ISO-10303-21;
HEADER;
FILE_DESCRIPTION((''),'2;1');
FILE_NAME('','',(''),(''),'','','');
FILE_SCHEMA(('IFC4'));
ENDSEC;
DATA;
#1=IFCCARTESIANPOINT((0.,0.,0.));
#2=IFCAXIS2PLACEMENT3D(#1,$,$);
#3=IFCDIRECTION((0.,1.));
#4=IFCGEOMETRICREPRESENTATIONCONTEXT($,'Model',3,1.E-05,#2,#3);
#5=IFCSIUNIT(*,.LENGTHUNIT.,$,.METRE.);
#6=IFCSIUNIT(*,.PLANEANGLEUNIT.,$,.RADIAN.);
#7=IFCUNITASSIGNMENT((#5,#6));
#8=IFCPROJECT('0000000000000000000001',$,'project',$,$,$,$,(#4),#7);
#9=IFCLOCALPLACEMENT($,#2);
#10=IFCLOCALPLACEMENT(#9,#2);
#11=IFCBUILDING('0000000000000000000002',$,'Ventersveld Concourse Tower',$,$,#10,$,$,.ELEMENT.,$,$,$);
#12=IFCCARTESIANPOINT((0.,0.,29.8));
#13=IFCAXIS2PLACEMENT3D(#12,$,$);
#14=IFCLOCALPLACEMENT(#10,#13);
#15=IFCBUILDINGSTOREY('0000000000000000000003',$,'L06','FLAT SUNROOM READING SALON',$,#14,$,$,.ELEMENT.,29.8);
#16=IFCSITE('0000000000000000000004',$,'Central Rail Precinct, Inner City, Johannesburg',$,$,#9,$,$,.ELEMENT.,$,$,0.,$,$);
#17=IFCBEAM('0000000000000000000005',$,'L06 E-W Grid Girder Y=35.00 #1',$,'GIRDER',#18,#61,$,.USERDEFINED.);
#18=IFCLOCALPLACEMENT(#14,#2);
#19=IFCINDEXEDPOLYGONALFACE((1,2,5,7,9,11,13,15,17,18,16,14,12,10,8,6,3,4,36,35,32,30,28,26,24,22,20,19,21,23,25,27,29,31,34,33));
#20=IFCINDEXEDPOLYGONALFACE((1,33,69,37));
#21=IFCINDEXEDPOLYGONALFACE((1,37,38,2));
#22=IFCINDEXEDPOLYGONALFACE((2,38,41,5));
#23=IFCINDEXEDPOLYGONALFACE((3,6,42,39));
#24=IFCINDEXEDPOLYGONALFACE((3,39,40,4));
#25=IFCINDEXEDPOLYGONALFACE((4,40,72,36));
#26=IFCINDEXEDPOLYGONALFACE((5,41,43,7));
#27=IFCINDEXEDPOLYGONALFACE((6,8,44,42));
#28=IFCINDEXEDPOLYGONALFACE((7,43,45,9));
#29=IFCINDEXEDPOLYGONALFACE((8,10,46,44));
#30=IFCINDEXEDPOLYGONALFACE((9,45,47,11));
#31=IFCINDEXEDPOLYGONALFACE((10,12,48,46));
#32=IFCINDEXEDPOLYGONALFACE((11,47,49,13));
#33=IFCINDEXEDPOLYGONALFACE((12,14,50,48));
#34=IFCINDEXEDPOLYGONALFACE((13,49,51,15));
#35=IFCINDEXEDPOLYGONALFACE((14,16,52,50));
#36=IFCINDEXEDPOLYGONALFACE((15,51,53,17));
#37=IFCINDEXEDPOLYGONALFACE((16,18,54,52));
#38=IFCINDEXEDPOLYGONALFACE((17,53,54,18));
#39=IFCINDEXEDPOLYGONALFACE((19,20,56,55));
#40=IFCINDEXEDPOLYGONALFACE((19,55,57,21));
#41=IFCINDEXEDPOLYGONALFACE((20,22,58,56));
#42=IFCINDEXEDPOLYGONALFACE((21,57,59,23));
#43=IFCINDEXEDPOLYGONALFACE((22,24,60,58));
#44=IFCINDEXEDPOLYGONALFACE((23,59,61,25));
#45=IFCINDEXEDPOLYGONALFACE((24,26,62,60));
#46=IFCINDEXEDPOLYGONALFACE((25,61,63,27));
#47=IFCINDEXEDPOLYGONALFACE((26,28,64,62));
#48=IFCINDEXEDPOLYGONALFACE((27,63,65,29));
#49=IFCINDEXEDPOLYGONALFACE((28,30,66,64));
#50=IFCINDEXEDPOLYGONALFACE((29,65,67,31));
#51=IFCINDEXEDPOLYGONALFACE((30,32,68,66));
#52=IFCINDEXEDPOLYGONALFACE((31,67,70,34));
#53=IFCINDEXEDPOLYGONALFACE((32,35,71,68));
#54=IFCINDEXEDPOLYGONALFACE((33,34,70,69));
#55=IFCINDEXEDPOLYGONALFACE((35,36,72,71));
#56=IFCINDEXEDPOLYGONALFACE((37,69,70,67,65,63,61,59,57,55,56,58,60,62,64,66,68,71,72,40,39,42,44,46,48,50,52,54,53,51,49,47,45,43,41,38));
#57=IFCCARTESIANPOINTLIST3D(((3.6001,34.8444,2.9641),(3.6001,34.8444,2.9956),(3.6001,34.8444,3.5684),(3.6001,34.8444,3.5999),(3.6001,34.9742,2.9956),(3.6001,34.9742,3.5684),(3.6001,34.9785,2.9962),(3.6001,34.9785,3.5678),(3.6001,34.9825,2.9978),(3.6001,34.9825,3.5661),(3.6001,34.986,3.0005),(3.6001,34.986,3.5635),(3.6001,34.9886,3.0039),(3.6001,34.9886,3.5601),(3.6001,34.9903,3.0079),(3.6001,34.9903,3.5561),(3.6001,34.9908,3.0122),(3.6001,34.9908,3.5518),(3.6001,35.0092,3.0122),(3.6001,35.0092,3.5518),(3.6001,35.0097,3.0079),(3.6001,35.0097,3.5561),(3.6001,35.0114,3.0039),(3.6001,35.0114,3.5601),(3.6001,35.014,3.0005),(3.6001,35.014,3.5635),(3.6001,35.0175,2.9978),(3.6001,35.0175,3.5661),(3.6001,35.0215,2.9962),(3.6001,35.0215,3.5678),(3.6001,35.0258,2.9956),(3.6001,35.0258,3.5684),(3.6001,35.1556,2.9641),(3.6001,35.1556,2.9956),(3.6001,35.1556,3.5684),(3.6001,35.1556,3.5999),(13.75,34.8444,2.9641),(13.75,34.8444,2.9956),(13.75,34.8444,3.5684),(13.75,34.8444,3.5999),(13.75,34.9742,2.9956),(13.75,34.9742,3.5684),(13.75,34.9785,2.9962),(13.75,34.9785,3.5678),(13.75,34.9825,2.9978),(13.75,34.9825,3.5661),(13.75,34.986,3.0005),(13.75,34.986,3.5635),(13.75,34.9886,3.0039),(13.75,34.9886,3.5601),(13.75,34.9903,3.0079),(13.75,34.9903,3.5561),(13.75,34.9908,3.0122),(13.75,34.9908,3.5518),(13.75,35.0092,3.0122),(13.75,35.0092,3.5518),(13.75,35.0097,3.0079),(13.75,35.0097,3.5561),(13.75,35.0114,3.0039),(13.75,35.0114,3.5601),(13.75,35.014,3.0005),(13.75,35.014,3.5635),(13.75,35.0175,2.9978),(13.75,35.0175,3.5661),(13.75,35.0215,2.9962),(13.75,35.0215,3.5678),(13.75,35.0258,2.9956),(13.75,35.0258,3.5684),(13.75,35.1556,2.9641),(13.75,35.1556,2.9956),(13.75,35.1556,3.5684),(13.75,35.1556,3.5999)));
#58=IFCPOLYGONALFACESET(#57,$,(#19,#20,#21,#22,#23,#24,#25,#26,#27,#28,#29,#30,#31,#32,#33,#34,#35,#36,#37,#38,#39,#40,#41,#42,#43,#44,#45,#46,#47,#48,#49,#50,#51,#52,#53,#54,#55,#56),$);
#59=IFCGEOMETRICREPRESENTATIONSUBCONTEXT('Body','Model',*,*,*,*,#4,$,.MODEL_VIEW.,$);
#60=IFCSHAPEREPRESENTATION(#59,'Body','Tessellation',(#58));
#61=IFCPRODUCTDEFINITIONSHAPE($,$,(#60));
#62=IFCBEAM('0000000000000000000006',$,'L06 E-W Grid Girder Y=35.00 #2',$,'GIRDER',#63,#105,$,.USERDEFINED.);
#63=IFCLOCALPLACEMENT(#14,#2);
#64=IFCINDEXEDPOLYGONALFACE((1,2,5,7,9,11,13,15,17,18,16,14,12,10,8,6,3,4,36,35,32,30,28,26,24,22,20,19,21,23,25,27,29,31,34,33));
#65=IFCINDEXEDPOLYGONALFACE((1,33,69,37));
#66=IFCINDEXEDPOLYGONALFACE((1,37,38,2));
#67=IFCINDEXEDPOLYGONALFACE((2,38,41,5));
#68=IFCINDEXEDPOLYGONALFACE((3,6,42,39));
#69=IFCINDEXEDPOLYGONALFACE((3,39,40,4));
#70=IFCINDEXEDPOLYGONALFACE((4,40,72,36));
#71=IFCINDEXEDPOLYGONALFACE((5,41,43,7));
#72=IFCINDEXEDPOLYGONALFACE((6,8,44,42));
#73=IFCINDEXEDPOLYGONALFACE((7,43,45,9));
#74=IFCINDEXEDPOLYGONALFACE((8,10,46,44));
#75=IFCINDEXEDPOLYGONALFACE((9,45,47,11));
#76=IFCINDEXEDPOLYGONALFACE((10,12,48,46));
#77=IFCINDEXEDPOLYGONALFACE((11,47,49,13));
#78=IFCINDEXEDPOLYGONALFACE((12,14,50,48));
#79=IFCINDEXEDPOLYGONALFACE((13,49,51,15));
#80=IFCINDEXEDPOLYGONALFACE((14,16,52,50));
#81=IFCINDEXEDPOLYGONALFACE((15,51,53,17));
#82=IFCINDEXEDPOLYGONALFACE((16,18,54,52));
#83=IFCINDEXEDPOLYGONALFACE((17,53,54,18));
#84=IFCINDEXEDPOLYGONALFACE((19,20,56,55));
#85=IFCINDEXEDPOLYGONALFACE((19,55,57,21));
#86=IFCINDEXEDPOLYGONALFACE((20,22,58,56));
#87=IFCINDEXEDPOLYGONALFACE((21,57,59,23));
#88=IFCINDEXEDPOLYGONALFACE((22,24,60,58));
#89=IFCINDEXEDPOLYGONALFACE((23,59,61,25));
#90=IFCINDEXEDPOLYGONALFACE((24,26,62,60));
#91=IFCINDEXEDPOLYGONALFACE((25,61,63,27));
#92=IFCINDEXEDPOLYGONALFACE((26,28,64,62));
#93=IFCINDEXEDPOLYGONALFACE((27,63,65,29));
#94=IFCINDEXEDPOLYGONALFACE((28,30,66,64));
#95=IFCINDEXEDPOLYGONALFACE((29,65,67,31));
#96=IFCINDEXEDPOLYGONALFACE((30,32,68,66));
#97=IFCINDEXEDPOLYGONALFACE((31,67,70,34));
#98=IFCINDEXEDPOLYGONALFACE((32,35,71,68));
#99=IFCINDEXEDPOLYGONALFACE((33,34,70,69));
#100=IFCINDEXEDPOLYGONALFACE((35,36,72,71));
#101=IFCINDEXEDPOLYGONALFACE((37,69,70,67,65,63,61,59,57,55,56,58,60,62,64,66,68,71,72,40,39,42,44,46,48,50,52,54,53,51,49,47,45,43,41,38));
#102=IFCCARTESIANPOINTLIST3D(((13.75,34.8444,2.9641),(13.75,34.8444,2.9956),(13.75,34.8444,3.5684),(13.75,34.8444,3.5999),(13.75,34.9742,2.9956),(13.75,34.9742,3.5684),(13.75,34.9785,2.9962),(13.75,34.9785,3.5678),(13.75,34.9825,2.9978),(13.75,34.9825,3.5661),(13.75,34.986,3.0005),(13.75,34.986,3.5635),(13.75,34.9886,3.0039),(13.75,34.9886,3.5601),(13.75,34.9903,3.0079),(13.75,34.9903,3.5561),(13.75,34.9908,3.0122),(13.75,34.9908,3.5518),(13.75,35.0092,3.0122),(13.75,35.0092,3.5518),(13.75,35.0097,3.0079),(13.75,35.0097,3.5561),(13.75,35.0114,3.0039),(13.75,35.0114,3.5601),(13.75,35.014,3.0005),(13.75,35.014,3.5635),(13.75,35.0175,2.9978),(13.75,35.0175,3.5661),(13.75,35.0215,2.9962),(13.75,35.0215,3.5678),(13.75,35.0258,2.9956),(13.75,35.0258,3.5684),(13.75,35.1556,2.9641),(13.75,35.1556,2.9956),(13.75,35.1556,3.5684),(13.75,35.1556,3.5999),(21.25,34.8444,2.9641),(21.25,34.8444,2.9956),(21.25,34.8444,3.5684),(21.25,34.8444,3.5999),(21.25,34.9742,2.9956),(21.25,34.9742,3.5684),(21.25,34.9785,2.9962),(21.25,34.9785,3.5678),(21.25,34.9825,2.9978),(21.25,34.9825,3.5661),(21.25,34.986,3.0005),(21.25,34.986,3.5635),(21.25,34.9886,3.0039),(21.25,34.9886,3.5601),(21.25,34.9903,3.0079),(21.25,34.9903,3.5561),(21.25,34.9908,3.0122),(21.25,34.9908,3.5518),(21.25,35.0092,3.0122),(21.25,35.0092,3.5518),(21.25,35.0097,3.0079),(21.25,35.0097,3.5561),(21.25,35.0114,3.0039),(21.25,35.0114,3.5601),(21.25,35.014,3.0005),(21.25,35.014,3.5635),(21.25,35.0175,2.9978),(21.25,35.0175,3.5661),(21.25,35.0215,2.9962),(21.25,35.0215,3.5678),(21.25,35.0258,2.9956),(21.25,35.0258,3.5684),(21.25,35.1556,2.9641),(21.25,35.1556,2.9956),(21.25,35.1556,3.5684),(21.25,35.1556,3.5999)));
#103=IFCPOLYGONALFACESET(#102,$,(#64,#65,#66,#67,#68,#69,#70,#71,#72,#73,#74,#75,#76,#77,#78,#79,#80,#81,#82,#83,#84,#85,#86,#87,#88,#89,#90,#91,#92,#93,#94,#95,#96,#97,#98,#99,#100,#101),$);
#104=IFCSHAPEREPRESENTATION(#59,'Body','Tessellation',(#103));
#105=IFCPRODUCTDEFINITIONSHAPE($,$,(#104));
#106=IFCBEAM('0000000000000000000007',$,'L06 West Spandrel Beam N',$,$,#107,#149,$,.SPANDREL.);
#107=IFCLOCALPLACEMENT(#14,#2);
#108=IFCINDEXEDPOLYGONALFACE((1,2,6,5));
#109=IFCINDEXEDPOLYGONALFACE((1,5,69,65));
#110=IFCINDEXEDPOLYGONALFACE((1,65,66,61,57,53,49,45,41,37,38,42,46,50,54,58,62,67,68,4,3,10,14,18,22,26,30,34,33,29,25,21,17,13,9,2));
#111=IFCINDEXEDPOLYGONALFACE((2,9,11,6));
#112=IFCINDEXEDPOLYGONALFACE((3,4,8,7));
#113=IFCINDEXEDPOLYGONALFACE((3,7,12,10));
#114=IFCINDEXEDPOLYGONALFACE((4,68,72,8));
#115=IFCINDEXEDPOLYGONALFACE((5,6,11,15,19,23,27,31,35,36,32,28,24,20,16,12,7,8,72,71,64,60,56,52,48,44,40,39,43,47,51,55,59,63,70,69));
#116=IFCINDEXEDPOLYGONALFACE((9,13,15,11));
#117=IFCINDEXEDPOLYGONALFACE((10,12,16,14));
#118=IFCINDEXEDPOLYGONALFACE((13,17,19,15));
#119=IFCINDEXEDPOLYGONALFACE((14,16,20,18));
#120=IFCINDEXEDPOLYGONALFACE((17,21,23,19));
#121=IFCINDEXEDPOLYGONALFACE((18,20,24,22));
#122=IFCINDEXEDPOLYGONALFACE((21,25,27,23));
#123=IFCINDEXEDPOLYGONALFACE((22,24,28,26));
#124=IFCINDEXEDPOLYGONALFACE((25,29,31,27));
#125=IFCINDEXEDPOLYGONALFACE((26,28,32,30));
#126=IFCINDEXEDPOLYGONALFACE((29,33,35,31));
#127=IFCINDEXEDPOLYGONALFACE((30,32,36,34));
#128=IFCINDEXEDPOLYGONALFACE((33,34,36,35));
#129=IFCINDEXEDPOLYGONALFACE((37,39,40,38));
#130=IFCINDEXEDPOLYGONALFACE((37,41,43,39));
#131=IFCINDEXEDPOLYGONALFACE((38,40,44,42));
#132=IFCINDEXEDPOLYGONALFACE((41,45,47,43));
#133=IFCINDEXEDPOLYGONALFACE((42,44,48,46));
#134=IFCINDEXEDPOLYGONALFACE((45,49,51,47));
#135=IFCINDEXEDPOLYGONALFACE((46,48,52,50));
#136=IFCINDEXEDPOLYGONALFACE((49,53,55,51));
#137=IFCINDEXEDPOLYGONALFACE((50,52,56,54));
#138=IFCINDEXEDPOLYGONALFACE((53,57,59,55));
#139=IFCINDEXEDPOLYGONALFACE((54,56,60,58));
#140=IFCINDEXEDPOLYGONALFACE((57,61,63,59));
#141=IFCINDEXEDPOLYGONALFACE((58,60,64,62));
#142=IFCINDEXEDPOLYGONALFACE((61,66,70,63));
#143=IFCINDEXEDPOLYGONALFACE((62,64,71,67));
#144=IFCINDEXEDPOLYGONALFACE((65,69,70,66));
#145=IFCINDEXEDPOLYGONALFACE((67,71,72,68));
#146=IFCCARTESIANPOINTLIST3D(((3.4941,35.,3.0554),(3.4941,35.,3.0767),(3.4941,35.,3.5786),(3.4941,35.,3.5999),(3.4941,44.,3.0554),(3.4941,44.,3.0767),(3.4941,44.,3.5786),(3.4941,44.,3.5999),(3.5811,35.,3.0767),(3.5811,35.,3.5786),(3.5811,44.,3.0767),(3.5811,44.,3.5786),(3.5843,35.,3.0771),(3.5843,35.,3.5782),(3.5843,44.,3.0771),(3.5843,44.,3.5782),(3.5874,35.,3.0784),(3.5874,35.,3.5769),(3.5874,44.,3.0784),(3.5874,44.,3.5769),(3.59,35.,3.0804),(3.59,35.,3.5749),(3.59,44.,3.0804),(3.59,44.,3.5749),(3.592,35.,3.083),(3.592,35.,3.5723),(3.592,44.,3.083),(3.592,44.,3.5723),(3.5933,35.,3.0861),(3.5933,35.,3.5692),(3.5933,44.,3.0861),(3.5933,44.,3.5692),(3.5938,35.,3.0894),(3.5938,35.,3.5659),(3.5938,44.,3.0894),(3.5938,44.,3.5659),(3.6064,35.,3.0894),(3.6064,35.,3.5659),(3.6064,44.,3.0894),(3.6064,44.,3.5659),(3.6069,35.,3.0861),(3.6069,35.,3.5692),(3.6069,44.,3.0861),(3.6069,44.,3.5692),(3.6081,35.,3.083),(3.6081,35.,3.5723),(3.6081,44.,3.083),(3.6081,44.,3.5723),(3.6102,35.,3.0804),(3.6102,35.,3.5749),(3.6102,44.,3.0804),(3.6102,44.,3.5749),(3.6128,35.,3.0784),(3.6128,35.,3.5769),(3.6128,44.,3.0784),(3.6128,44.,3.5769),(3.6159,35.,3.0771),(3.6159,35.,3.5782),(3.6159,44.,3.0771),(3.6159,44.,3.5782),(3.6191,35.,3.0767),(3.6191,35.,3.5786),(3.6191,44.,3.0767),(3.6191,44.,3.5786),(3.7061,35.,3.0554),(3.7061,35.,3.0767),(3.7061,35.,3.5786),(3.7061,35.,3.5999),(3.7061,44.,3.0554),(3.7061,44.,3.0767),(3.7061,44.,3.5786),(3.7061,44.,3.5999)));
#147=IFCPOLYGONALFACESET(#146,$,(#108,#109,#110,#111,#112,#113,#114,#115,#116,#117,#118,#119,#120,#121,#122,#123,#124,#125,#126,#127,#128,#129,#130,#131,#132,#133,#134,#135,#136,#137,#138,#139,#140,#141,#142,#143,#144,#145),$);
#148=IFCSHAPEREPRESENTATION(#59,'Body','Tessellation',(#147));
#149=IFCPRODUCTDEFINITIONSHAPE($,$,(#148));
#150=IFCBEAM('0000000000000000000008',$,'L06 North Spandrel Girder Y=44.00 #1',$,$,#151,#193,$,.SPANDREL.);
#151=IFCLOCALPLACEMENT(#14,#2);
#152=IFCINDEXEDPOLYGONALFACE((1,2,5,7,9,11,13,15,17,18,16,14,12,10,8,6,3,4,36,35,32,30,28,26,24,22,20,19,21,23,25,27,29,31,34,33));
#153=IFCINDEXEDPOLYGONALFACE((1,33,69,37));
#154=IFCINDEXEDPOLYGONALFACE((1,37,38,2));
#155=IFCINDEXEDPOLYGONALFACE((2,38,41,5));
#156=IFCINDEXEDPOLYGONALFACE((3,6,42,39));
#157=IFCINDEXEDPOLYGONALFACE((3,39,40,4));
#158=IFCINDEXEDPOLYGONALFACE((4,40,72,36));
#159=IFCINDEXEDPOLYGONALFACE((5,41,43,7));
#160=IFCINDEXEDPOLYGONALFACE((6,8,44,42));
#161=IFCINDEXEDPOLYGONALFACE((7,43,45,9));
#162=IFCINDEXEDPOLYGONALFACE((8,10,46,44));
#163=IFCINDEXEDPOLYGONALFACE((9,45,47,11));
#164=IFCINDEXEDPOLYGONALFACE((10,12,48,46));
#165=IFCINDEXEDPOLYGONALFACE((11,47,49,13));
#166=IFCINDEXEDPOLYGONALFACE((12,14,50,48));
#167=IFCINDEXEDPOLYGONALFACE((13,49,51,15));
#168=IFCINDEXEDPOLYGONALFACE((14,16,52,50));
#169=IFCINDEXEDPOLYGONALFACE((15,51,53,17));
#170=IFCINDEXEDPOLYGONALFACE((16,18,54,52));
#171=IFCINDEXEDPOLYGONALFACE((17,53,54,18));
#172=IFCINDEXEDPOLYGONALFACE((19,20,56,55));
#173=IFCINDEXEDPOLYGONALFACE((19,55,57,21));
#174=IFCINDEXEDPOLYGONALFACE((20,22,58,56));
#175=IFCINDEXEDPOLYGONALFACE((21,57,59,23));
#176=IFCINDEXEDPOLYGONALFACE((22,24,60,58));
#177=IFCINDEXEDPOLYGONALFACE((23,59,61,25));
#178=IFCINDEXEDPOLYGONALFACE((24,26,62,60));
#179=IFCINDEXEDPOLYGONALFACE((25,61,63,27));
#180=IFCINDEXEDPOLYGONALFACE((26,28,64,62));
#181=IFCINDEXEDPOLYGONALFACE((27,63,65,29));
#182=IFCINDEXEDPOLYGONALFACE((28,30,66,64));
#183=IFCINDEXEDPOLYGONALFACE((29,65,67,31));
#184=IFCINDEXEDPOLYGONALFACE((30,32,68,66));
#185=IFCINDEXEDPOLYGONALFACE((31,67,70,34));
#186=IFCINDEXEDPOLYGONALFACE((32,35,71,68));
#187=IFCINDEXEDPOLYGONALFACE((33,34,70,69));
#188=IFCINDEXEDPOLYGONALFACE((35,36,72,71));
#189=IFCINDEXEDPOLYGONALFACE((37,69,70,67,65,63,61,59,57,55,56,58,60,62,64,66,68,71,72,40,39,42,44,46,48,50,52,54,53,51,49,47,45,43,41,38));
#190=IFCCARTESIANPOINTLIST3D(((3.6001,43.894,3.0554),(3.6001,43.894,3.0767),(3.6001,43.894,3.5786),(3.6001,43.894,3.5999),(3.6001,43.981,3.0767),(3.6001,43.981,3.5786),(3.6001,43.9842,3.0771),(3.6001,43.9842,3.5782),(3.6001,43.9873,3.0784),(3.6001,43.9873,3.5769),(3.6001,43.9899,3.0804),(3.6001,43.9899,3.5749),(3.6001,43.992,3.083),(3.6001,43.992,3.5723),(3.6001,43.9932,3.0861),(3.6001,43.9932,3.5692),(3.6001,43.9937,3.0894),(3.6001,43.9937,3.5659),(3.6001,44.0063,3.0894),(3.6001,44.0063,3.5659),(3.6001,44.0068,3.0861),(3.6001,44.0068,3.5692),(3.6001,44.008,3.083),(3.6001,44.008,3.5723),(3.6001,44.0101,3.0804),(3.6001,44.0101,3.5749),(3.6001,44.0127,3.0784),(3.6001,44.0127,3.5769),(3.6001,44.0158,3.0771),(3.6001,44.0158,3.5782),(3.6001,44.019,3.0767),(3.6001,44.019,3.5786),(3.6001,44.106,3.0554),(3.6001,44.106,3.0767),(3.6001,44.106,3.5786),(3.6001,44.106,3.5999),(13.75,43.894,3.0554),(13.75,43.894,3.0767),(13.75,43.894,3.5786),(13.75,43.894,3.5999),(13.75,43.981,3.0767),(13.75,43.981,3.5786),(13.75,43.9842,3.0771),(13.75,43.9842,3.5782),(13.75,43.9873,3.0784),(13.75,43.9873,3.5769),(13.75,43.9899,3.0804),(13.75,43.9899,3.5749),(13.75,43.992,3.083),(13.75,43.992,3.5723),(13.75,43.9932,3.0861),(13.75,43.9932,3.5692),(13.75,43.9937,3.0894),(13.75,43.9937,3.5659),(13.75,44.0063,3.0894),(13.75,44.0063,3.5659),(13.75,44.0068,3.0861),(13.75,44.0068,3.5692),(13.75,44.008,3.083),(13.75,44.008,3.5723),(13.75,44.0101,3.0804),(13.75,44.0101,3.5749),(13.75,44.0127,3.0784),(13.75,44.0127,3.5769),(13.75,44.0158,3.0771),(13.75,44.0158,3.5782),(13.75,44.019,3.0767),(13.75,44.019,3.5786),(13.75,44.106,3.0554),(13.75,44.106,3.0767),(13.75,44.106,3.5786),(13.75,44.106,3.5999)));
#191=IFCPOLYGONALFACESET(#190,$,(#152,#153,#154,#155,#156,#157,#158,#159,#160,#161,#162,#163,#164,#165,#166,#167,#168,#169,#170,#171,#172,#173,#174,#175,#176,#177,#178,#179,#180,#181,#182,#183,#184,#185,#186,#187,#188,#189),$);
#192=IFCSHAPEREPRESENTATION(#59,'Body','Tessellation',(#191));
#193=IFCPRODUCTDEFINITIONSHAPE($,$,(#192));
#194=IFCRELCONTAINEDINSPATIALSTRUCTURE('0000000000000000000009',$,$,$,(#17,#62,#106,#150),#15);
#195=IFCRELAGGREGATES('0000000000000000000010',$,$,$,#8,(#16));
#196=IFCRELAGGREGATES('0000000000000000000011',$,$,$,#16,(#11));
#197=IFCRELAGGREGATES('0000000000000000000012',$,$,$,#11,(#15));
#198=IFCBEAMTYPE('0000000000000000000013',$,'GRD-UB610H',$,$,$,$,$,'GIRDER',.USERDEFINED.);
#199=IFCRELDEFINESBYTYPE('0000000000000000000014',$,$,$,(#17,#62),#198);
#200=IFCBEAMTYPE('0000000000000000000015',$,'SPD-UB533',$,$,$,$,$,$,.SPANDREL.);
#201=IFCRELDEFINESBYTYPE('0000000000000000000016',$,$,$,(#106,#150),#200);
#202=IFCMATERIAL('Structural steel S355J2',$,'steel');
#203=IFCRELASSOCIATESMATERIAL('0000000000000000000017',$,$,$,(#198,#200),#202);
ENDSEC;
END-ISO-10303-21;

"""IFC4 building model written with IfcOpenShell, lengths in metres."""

from ifc_helpers import new_model, si_unit, direction, frame, origin, origin_2d, place, context, subcontext, project, spatial, i_section, extrude, material, material_profile, profile_set, type_object, element, save


model = new_model("IFC4")

# Units and contexts
model_context = context("Model", 3, precision=1e-05, world=origin(), true_north=direction((0.0, 1.0)))
body_context = subcontext(model_context, "Body", "Model", "MODEL_VIEW")
ifc_project = project(units=[si_unit("LENGTHUNIT", "METRE"), si_unit("PLANEANGLEUNIT", "RADIAN")], contexts=[model_context])

# Site, building, storey
site_placement = place(None, origin())
site = spatial("IfcSite", under=ifc_project, at=site_placement, Name="Central Rail Precinct, Inner City, Johannesburg", CompositionType="ELEMENT", RefElevation=0.0)
building_placement = place(site_placement, origin())
building = spatial("IfcBuilding", under=site, at=building_placement, Name="Ventersveld Concourse Tower", CompositionType="ELEMENT")
storey_placement = place(building_placement, frame((0.0, 0.0, 29.8)))
storey = spatial("IfcBuildingStorey", under=building, at=storey_placement, Name="L06", Description="FLAT SUNROOM READING SALON", CompositionType="ELEMENT", Elevation=29.8)

# Beams
ifc_material_1 = material(Name="Structural steel S355J2", Category="steel")
ifc_material_profile_1 = material_profile(ifc_material_1, i_section(OverallWidth=0.3113, OverallDepth=0.6357, WebThickness=0.0183, FlangeThickness=0.0315, FilletRadius=0.0166, at=origin_2d()), Name="UB 610x305x238")
ifc_profile_set_1 = profile_set([ifc_material_profile_1], Name="Structural steel S355J2")
beam_type_1 = type_object("IfcBeamType", Name="GRD-UB610H", ElementType="GIRDER", PredefinedType="USERDEFINED", material=ifc_profile_set_1)
beam_1_placement = place(storey_placement, frame((3.6001, 35.0, 3.282), z_axis=(1.0, 0.0, 0.0), x_axis=(0.0, 1.0, 0.0)))
element("IfcBeam", 1, at=beam_1_placement, inside=storey, type_object=beam_type_1, Name="L06 E-W Grid Girder Y=35.00 #1", ObjectType="GIRDER", PredefinedType="USERDEFINED", context=body_context, shape_type="SweptSolid", body=[
    extrude(i_section(OverallWidth=0.3113, OverallDepth=0.6357, WebThickness=0.0183, FlangeThickness=0.0315, FilletRadius=0.0166, at=origin_2d()), origin(), (0.0, 0.0, 1.0), 10.1499),
])
beam_2_placement = place(storey_placement, frame((13.75, 35.0, 3.282), z_axis=(1.0, 0.0, 0.0), x_axis=(0.0, 1.0, 0.0)))
element("IfcBeam", 2, at=beam_2_placement, inside=storey, type_object=beam_type_1, Name="L06 E-W Grid Girder Y=35.00 #2", ObjectType="GIRDER", PredefinedType="USERDEFINED", context=body_context, shape_type="SweptSolid", body=[
    extrude(i_section(OverallWidth=0.3113, OverallDepth=0.6357, WebThickness=0.0183, FlangeThickness=0.0315, FilletRadius=0.0166, at=origin_2d()), origin(), (0.0, 0.0, 1.0), 7.5),
])
ifc_material_profile_2 = material_profile(ifc_material_1, i_section(OverallWidth=0.2119, OverallDepth=0.5444, WebThickness=0.0127, FlangeThickness=0.0212, FilletRadius=0.0127, at=origin_2d()), Name="UB 533x210x122")
ifc_profile_set_2 = profile_set([ifc_material_profile_2], Name="Structural steel S355J2")
beam_type_2 = type_object("IfcBeamType", Name="SPD-UB533", PredefinedType="SPANDREL", material=ifc_profile_set_2)
beam_3_placement = place(storey_placement, frame((3.6001, 35.0, 3.3276), z_axis=(0.0, 1.0, 0.0), x_axis=(-1.0, 0.0, 0.0)))
element("IfcBeam", 3, at=beam_3_placement, inside=storey, type_object=beam_type_2, Name="L06 West Spandrel Beam N", PredefinedType="SPANDREL", context=body_context, shape_type="SweptSolid", body=[
    extrude(i_section(OverallWidth=0.2119, OverallDepth=0.5444, WebThickness=0.0127, FlangeThickness=0.0212, FilletRadius=0.0127, at=origin_2d()), origin(), (0.0, 0.0, 1.0), 9.0),
])
beam_4_placement = place(storey_placement, frame((3.6001, 44.0, 3.3276), z_axis=(1.0, 0.0, 0.0), x_axis=(0.0, 1.0, 0.0)))
element("IfcBeam", 4, at=beam_4_placement, inside=storey, type_object=beam_type_2, Name="L06 North Spandrel Girder Y=44.00 #1", PredefinedType="SPANDREL", context=body_context, shape_type="SweptSolid", body=[
    extrude(i_section(OverallWidth=0.2119, OverallDepth=0.5444, WebThickness=0.0127, FlangeThickness=0.0212, FilletRadius=0.0127, at=origin_2d()), origin(), (0.0, 0.0, 1.0), 10.1499),
])

save(model, "model.ifc")
